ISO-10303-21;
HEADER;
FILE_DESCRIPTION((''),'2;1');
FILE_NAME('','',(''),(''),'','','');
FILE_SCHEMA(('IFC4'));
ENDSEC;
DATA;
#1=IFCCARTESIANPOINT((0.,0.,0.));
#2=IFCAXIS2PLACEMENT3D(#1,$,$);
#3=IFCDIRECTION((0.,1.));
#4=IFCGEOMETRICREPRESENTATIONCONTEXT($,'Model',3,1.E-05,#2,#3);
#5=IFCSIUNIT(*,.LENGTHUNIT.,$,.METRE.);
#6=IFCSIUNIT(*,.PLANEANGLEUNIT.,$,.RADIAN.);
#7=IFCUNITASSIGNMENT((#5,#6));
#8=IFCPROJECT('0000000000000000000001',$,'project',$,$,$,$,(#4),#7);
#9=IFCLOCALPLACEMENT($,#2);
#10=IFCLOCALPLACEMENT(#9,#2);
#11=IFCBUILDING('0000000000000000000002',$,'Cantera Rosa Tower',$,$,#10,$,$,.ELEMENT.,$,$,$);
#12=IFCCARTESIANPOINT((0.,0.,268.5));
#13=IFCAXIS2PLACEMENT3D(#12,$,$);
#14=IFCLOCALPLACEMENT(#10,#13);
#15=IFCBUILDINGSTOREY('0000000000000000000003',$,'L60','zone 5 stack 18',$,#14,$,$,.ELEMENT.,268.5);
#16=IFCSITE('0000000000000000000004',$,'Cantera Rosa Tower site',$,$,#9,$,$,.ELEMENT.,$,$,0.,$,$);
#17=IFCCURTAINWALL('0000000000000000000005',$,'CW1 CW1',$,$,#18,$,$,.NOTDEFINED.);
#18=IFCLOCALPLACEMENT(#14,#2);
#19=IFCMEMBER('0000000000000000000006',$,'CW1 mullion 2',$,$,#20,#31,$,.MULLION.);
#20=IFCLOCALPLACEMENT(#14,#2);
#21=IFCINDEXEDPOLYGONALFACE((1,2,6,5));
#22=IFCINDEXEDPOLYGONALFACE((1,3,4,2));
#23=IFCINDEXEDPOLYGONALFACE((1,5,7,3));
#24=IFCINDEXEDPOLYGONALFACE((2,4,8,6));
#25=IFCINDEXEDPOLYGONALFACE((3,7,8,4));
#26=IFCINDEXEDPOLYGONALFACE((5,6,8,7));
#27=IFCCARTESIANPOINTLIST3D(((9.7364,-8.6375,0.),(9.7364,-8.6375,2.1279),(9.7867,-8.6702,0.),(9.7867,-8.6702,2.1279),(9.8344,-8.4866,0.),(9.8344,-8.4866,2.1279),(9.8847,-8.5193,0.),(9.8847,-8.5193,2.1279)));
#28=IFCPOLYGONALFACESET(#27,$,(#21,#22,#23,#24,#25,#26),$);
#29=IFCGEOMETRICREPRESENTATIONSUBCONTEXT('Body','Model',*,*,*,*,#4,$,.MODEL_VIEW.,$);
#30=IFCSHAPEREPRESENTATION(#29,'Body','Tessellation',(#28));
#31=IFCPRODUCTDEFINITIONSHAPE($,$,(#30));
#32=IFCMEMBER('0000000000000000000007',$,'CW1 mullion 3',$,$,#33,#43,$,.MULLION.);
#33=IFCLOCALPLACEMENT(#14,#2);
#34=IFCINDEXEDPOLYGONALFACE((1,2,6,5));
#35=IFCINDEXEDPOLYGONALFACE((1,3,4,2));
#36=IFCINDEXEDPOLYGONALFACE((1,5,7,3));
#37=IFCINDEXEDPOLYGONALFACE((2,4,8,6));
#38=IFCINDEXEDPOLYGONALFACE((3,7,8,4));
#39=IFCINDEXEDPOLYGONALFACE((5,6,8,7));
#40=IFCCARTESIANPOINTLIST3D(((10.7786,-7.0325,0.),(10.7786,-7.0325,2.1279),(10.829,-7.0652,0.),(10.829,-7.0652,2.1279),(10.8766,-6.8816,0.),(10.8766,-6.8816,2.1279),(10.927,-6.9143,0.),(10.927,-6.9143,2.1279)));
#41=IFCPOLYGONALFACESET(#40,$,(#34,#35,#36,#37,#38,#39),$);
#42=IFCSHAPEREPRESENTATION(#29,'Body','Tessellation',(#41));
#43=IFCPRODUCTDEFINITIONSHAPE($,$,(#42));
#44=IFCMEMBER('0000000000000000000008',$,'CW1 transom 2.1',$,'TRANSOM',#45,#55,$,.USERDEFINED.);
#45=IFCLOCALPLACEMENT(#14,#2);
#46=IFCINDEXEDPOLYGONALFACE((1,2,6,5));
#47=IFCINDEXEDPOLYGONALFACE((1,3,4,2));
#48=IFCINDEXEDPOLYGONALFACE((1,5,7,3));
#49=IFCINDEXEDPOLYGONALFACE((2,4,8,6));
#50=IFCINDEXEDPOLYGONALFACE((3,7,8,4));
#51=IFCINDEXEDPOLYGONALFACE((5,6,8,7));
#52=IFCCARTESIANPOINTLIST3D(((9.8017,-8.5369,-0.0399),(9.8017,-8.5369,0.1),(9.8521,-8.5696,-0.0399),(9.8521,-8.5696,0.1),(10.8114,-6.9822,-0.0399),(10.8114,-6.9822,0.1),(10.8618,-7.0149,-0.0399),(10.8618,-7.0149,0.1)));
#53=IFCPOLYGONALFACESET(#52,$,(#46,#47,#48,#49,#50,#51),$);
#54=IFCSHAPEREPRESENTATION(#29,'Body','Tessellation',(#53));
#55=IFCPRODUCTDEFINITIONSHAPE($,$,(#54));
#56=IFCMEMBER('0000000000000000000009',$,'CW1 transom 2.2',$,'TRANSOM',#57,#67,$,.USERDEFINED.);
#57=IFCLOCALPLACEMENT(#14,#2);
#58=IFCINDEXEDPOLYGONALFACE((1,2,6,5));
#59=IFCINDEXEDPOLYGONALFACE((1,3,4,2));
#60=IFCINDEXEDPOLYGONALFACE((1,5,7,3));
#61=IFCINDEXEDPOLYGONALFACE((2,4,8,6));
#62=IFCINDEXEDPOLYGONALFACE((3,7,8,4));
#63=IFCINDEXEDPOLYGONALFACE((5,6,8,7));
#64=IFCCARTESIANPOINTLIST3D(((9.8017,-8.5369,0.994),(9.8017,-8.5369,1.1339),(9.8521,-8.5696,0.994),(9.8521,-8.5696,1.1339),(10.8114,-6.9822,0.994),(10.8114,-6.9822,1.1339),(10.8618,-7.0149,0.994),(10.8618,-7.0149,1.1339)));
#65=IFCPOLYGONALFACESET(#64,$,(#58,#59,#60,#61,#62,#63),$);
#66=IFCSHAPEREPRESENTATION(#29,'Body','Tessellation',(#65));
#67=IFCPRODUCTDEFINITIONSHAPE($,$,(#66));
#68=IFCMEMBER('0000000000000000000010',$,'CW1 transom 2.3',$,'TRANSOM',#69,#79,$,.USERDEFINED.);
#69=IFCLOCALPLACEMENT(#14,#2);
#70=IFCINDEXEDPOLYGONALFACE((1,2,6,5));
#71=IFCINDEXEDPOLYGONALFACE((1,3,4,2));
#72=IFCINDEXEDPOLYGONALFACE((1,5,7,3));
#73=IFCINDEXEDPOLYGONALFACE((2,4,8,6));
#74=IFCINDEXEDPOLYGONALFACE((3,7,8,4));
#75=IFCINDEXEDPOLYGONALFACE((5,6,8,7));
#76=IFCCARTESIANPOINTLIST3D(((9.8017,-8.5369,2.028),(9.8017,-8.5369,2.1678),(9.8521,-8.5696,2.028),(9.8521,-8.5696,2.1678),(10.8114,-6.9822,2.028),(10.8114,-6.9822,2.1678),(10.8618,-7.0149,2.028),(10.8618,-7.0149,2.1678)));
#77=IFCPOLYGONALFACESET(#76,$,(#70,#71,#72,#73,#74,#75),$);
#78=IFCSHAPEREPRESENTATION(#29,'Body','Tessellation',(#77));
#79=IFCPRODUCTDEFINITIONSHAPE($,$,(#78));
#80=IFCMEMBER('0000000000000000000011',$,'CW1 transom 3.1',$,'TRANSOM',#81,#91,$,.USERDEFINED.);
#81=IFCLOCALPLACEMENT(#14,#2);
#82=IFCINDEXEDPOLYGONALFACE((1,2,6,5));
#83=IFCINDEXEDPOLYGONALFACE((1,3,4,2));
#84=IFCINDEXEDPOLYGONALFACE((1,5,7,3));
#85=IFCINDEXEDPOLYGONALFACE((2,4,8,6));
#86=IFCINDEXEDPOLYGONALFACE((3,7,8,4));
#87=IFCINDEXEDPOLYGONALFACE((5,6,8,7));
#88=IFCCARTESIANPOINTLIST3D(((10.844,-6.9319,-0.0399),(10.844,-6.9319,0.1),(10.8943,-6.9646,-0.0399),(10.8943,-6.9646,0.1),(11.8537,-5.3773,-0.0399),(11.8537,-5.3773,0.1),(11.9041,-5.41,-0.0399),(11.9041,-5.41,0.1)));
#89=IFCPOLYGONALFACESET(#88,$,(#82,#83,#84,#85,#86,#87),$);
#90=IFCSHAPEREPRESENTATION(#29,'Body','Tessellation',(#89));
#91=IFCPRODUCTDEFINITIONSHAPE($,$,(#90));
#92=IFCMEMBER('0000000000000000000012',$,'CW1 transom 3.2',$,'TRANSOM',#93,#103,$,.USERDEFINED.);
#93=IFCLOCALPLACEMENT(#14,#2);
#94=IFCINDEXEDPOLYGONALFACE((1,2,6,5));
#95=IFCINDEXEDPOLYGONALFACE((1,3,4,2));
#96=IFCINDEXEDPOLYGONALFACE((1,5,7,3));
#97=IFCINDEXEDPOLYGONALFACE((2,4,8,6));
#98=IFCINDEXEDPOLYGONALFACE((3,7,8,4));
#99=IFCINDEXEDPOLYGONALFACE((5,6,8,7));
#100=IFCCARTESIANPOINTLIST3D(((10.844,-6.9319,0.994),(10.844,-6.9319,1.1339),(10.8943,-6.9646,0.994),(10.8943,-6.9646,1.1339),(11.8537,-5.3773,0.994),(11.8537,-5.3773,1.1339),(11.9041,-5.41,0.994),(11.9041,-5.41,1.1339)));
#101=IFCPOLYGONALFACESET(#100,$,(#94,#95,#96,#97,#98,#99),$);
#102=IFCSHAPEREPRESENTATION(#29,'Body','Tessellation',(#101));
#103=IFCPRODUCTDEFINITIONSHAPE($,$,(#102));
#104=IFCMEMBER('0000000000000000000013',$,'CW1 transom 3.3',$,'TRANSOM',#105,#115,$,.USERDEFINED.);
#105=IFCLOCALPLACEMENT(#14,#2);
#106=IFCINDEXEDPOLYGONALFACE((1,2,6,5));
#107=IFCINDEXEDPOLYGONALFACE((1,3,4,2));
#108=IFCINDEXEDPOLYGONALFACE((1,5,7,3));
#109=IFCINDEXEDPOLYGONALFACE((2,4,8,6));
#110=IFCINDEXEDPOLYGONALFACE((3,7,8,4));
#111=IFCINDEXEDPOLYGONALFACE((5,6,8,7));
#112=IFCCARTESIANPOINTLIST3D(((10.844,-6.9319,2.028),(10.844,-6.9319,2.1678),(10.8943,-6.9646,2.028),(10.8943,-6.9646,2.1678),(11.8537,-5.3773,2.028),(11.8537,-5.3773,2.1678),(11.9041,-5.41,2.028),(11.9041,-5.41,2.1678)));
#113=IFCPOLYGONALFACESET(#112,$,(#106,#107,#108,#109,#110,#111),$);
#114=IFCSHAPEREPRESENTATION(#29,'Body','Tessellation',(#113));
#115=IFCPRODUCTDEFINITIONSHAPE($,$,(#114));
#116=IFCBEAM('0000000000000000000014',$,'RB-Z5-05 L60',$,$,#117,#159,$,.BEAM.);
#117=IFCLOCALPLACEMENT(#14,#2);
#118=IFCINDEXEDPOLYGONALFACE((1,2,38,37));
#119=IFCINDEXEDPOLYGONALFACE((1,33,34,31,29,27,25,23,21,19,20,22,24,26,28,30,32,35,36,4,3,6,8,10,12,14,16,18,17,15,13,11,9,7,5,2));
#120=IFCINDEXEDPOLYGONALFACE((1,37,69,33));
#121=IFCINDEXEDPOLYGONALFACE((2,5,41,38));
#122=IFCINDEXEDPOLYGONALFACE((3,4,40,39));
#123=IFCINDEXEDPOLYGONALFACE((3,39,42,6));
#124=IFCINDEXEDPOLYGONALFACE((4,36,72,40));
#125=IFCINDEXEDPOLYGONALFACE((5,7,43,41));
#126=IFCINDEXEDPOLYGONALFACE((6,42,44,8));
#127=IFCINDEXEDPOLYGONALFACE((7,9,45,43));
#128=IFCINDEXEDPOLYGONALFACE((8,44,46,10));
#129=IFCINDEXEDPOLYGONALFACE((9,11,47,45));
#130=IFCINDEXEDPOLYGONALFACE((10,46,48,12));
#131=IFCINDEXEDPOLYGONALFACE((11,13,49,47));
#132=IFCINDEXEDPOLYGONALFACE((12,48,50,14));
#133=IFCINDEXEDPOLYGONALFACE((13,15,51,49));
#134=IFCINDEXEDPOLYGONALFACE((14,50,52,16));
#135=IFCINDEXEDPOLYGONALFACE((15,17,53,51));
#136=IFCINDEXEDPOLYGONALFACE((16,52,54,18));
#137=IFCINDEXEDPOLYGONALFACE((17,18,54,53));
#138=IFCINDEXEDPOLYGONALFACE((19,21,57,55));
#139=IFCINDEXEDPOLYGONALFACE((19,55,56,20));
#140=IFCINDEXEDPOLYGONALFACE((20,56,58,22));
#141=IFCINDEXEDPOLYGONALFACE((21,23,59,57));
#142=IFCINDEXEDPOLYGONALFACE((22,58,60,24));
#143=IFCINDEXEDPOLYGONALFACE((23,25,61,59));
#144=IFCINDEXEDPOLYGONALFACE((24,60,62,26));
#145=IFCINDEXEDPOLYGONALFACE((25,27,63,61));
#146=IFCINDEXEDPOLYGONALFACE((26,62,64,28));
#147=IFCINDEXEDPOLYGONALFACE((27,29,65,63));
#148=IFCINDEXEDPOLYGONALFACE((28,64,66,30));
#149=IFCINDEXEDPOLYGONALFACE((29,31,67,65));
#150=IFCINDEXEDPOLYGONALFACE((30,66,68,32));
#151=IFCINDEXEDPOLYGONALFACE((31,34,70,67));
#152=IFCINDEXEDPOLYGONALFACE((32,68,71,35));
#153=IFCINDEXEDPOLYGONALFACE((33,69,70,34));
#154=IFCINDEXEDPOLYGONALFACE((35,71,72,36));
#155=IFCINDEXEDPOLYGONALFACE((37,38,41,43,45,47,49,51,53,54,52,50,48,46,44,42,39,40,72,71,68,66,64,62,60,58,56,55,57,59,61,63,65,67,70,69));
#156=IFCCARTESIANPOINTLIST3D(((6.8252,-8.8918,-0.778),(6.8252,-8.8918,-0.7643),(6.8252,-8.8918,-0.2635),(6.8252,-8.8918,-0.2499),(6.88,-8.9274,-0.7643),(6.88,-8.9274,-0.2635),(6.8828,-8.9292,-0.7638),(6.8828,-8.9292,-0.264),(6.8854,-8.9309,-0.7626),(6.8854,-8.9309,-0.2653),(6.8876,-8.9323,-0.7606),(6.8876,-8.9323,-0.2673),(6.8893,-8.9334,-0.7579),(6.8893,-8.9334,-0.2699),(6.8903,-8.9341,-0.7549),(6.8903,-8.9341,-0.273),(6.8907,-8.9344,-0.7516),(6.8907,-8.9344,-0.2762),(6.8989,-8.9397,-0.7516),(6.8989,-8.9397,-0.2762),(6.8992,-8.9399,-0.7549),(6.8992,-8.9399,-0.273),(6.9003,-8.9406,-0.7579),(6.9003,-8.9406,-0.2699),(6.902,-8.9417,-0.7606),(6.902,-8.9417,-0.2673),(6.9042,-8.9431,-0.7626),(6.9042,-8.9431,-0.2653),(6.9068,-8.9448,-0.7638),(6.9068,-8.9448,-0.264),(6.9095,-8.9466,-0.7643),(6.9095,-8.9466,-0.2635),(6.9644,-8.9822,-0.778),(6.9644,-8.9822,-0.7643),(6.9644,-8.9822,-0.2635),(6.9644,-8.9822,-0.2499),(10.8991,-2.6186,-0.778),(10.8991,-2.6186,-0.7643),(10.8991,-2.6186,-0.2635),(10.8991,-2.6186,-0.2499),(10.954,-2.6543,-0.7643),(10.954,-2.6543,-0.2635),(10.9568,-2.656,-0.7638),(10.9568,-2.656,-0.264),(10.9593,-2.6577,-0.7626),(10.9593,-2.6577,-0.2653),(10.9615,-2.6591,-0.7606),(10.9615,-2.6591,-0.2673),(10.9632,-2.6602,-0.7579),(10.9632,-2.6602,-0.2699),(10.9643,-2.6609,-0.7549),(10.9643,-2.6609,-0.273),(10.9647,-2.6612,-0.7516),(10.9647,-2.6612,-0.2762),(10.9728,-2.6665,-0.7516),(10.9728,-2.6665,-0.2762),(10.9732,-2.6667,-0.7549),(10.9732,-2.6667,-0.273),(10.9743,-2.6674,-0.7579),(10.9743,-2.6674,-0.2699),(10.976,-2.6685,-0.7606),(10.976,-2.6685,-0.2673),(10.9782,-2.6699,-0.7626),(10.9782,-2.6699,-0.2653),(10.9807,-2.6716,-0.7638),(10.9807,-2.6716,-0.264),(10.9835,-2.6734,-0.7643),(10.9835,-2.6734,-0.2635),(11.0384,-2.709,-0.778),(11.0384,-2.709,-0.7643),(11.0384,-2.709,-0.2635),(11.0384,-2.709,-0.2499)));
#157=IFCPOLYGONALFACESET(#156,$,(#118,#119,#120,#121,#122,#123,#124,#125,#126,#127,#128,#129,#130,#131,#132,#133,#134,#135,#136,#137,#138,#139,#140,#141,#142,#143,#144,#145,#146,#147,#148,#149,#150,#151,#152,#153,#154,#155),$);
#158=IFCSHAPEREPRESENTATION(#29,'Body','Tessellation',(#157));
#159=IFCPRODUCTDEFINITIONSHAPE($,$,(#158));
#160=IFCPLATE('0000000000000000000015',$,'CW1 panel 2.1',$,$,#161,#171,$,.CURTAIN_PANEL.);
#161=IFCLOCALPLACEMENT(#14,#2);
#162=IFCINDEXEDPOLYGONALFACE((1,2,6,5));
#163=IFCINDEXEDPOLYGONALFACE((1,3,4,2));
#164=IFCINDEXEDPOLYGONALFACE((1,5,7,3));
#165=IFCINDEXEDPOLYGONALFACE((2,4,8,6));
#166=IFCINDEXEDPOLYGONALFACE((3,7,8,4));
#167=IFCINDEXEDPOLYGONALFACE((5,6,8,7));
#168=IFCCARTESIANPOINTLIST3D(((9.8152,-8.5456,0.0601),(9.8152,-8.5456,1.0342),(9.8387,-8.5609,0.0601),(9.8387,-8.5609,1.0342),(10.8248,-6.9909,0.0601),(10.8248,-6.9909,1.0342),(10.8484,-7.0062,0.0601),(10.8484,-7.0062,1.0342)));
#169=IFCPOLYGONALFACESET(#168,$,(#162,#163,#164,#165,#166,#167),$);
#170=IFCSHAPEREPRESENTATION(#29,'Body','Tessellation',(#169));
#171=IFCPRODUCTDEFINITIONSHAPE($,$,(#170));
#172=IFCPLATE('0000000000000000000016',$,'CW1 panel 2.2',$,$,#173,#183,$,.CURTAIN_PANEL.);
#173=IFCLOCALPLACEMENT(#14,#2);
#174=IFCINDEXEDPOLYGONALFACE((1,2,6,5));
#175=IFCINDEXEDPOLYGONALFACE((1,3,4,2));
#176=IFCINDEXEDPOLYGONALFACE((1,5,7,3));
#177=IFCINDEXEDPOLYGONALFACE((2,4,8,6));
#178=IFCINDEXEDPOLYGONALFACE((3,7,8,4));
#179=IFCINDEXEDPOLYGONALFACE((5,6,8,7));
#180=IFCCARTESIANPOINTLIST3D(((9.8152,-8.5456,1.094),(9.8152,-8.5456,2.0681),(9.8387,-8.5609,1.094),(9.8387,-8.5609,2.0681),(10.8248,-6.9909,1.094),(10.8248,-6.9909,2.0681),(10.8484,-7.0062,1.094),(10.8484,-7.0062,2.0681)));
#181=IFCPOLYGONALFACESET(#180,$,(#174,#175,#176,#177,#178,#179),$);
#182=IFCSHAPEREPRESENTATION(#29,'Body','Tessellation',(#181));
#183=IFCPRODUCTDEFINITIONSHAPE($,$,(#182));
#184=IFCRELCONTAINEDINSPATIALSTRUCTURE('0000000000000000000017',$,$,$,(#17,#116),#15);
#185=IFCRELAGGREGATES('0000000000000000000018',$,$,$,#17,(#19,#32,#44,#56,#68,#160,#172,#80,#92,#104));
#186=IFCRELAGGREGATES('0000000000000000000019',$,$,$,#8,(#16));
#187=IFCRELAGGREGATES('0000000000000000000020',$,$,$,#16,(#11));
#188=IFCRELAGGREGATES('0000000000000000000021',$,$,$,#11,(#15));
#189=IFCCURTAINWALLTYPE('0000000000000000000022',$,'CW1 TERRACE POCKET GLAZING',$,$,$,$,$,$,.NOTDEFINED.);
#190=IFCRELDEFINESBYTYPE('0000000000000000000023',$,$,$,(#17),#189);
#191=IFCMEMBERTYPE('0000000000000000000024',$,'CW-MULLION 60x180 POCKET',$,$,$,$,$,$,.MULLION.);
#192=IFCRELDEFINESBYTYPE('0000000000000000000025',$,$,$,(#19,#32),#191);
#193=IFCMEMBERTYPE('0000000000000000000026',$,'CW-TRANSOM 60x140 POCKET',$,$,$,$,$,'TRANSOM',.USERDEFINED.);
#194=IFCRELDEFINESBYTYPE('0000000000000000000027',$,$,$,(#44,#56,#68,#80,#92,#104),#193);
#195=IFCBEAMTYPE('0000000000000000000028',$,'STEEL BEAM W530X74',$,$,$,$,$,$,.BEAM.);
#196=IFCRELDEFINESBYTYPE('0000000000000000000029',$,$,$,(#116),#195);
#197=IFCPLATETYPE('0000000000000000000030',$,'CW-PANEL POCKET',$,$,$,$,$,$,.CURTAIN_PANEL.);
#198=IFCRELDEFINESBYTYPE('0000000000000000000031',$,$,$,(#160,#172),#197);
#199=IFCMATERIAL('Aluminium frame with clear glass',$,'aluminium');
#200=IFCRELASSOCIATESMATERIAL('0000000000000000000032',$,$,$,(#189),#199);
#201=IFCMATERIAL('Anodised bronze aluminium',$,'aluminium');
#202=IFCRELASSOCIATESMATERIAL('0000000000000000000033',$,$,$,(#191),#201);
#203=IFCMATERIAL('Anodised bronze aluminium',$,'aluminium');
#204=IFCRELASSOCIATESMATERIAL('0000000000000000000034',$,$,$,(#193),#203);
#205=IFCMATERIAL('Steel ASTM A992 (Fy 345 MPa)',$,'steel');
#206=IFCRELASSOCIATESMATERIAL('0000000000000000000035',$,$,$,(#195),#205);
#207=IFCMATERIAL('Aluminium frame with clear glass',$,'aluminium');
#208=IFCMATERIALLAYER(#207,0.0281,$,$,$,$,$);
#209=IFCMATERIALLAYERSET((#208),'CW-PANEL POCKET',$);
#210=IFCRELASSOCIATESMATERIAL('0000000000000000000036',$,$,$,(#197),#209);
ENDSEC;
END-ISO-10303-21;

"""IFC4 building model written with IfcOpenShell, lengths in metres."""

from ifc_helpers import new_model, si_unit, direction, frame, origin, origin_2d, place, context, subcontext, project, spatial, rectangle, i_section, extrude, material, layer, layer_set, material_profile, profile_set, type_object, element, aggregate, save


model = new_model("IFC4")

# Units and contexts
model_context = context("Model", 3, precision=1e-05, world=origin(), true_north=direction((0.0, 1.0)))
body_context = subcontext(model_context, "Body", "Model", "MODEL_VIEW")
ifc_project = project(units=[si_unit("LENGTHUNIT", "METRE"), si_unit("PLANEANGLEUNIT", "RADIAN")], contexts=[model_context])

# Site, building, storey
site_placement = place(None, origin())
site = spatial("IfcSite", under=ifc_project, at=site_placement, Name="Cantera Rosa Tower site", CompositionType="ELEMENT", RefElevation=0.0)
building_placement = place(site_placement, origin())
building = spatial("IfcBuilding", under=site, at=building_placement, Name="Cantera Rosa Tower", CompositionType="ELEMENT")
storey_placement = place(building_placement, frame((0.0, 0.0, 268.5)))
storey = spatial("IfcBuildingStorey", under=building, at=storey_placement, Name="L60", Description="zone 5 stack 18", CompositionType="ELEMENT", Elevation=268.5)

# Curtain wall, members
ifc_material_1 = material(Name="Aluminium frame with clear glass", Category="aluminium")
curtain_wall_type = type_object("IfcCurtainWallType", Name="CW1 TERRACE POCKET GLAZING", PredefinedType="NOTDEFINED", material=ifc_material_1)
curtain_wall_placement = place(storey_placement, origin())
curtain_wall = element("IfcCurtainWall", 1, at=curtain_wall_placement, inside=storey, type_object=curtain_wall_type, Name="CW1 CW1", PredefinedType="NOTDEFINED")
ifc_material_2 = material(Name="Anodised bronze aluminium", Category="aluminium")
ifc_material_profile_1 = material_profile(ifc_material_2, rectangle(XDim=0.0601, YDim=0.1799, at=origin_2d()), Name="CW-MULLION 60x180 POCKET")
ifc_profile_set_1 = profile_set([ifc_material_profile_1], Name="Anodised bronze aluminium")
member_type_1 = type_object("IfcMemberType", Name="CW-MULLION 60x180 POCKET", PredefinedType="MULLION", material=ifc_profile_set_1)
member_1_placement = place(storey_placement, frame((9.8105, -8.5784, 0.0), z_axis=(0.0, 0.0, 1.0), x_axis=(-0.838671, 0.544639, 0.0)))
member_1 = element("IfcMember", 2, at=member_1_placement, type_object=member_type_1, Name="CW1 mullion 2", PredefinedType="MULLION", context=body_context, shape_type="SweptSolid", body=[
    extrude(rectangle(XDim=0.0601, YDim=0.1799, at=origin_2d()), origin(), (0.0, 0.0, 1.0), 2.1279),
])
member_2_placement = place(storey_placement, frame((10.8528, -6.9734, 0.0), z_axis=(0.0, 0.0, 1.0), x_axis=(-0.838671, 0.544639, 0.0)))
member_2 = element("IfcMember", 3, at=member_2_placement, type_object=member_type_1, Name="CW1 mullion 3", PredefinedType="MULLION", context=body_context, shape_type="SweptSolid", body=[
    extrude(rectangle(XDim=0.0601, YDim=0.1799, at=origin_2d()), origin(), (0.0, 0.0, 1.0), 2.1279),
])
ifc_material_3 = material(Name="Anodised bronze aluminium", Category="aluminium")
ifc_material_profile_2 = material_profile(ifc_material_3, rectangle(XDim=0.0601, YDim=0.1399, at=origin_2d()), Name="CW-TRANSOM 60x140 POCKET")
ifc_profile_set_2 = profile_set([ifc_material_profile_2], Name="Anodised bronze aluminium")
member_type_2 = type_object("IfcMemberType", Name="CW-TRANSOM 60x140 POCKET", ElementType="TRANSOM", PredefinedType="USERDEFINED", material=ifc_profile_set_2)
member_3_placement = place(storey_placement, frame((9.8269, -8.5532, 0.03), z_axis=(0.544692, 0.838636, 0.0), x_axis=(-0.838636, 0.544692, 0.0)))
member_3 = element("IfcMember", 4, at=member_3_placement, type_object=member_type_2, Name="CW1 transom 2.1", ObjectType="TRANSOM", PredefinedType="USERDEFINED", context=body_context, shape_type="SweptSolid", body=[
    extrude(rectangle(XDim=0.0601, YDim=0.1399, at=origin_2d()), origin(), (0.0, 0.0, 1.0), 1.8538),
])
member_4_placement = place(storey_placement, frame((9.8269, -8.5532, 1.064), z_axis=(0.544692, 0.838636, 0.0), x_axis=(-0.838636, 0.544692, 0.0)))
member_4 = element("IfcMember", 5, at=member_4_placement, type_object=member_type_2, Name="CW1 transom 2.2", ObjectType="TRANSOM", PredefinedType="USERDEFINED", context=body_context, shape_type="SweptSolid", body=[
    extrude(rectangle(XDim=0.0601, YDim=0.1399, at=origin_2d()), origin(), (0.0, 0.0, 1.0), 1.8538),
])
member_5_placement = place(storey_placement, frame((9.8269, -8.5532, 2.0979), z_axis=(0.544692, 0.838636, 0.0), x_axis=(-0.838636, 0.544692, 0.0)))
member_5 = element("IfcMember", 6, at=member_5_placement, type_object=member_type_2, Name="CW1 transom 2.3", ObjectType="TRANSOM", PredefinedType="USERDEFINED", context=body_context, shape_type="SweptSolid", body=[
    extrude(rectangle(XDim=0.0601, YDim=0.1399, at=origin_2d()), origin(), (0.0, 0.0, 1.0), 1.8538),
])
member_6_placement = place(storey_placement, frame((10.8691, -6.9482, 0.03), z_axis=(0.544692, 0.838636, 0.0), x_axis=(-0.838636, 0.544692, 0.0)))
member_6 = element("IfcMember", 7, at=member_6_placement, type_object=member_type_2, Name="CW1 transom 3.1", ObjectType="TRANSOM", PredefinedType="USERDEFINED", context=body_context, shape_type="SweptSolid", body=[
    extrude(rectangle(XDim=0.0601, YDim=0.1399, at=origin_2d()), origin(), (0.0, 0.0, 1.0), 1.8538),
])
member_7_placement = place(storey_placement, frame((10.8691, -6.9482, 1.064), z_axis=(0.544692, 0.838636, 0.0), x_axis=(-0.838636, 0.544692, 0.0)))
member_7 = element("IfcMember", 8, at=member_7_placement, type_object=member_type_2, Name="CW1 transom 3.2", ObjectType="TRANSOM", PredefinedType="USERDEFINED", context=body_context, shape_type="SweptSolid", body=[
    extrude(rectangle(XDim=0.0601, YDim=0.1399, at=origin_2d()), origin(), (0.0, 0.0, 1.0), 1.8538),
])
member_8_placement = place(storey_placement, frame((10.8691, -6.9482, 2.0979), z_axis=(0.544692, 0.838636, 0.0), x_axis=(-0.838636, 0.544692, 0.0)))
member_8 = element("IfcMember", 9, at=member_8_placement, type_object=member_type_2, Name="CW1 transom 3.3", ObjectType="TRANSOM", PredefinedType="USERDEFINED", context=body_context, shape_type="SweptSolid", body=[
    extrude(rectangle(XDim=0.0601, YDim=0.1399, at=origin_2d()), origin(), (0.0, 0.0, 1.0), 1.8538),
])

# Beam
ifc_material_4 = material(Name="Steel ASTM A992 (Fy 345 MPa)", Category="steel")
ifc_material_profile_3 = material_profile(ifc_material_4, i_section(OverallWidth=0.166, OverallDepth=0.5281, WebThickness=0.0098, FlangeThickness=0.0137, FilletRadius=0.0127, at=origin_2d()), Name="W530X74")
ifc_profile_set_3 = profile_set([ifc_material_profile_3], Name="Steel ASTM A992 (Fy 345 MPa)")
beam_type = type_object("IfcBeamType", Name="STEEL BEAM W530X74", PredefinedType="BEAM", material=ifc_profile_set_3)
beam_placement = place(storey_placement, frame((6.8948, -8.937, -0.5139), z_axis=(0.54465, 0.838664, 0.0), x_axis=(-0.838664, 0.54465, 0.0)))
element("IfcBeam", 10, at=beam_placement, inside=storey, type_object=beam_type, Name="RB-Z5-05 L60", PredefinedType="BEAM", context=body_context, shape_type="SweptSolid", body=[
    extrude(i_section(OverallWidth=0.166, OverallDepth=0.5281, WebThickness=0.0098, FlangeThickness=0.0137, FilletRadius=0.0127, at=origin_2d()), origin(), (0.0, 0.0, 1.0), 7.48),
])

# Plates
ifc_material_5 = material(Name="Aluminium frame with clear glass", Category="aluminium")
ifc_layer_1 = layer(ifc_material_5, 0.0281)
ifc_layer_set_1 = layer_set([ifc_layer_1], Name="CW-PANEL POCKET")
plate_type = type_object("IfcPlateType", Name="CW-PANEL POCKET", PredefinedType="CURTAIN_PANEL", material=ifc_layer_set_1)
plate_1_placement = place(storey_placement, frame((10.3318, -7.7759, 0.0601), z_axis=(0.0, 0.0, 1.0), x_axis=(0.544639, 0.838671, 0.0)))
plate_1 = element("IfcPlate", 11, at=plate_1_placement, type_object=plate_type, Name="CW1 panel 2.1", PredefinedType="CURTAIN_PANEL", context=body_context, shape_type="SweptSolid", body=[
    extrude(rectangle(XDim=1.8538, YDim=0.0281, at=origin_2d()), origin(), (0.0, 0.0, 1.0), 0.9741),
])
plate_2_placement = place(storey_placement, frame((10.3318, -7.7759, 1.094), z_axis=(0.0, 0.0, 1.0), x_axis=(0.544639, 0.838671, 0.0)))
plate_2 = element("IfcPlate", 12, at=plate_2_placement, type_object=plate_type, Name="CW1 panel 2.2", PredefinedType="CURTAIN_PANEL", context=body_context, shape_type="SweptSolid", body=[
    extrude(rectangle(XDim=1.8538, YDim=0.0281, at=origin_2d()), origin(), (0.0, 0.0, 1.0), 0.9741),
])
aggregate(curtain_wall, [member_1, member_2, member_3, member_4, member_5, plate_1, plate_2, member_6, member_7, member_8])

save(model, "model.ifc")
